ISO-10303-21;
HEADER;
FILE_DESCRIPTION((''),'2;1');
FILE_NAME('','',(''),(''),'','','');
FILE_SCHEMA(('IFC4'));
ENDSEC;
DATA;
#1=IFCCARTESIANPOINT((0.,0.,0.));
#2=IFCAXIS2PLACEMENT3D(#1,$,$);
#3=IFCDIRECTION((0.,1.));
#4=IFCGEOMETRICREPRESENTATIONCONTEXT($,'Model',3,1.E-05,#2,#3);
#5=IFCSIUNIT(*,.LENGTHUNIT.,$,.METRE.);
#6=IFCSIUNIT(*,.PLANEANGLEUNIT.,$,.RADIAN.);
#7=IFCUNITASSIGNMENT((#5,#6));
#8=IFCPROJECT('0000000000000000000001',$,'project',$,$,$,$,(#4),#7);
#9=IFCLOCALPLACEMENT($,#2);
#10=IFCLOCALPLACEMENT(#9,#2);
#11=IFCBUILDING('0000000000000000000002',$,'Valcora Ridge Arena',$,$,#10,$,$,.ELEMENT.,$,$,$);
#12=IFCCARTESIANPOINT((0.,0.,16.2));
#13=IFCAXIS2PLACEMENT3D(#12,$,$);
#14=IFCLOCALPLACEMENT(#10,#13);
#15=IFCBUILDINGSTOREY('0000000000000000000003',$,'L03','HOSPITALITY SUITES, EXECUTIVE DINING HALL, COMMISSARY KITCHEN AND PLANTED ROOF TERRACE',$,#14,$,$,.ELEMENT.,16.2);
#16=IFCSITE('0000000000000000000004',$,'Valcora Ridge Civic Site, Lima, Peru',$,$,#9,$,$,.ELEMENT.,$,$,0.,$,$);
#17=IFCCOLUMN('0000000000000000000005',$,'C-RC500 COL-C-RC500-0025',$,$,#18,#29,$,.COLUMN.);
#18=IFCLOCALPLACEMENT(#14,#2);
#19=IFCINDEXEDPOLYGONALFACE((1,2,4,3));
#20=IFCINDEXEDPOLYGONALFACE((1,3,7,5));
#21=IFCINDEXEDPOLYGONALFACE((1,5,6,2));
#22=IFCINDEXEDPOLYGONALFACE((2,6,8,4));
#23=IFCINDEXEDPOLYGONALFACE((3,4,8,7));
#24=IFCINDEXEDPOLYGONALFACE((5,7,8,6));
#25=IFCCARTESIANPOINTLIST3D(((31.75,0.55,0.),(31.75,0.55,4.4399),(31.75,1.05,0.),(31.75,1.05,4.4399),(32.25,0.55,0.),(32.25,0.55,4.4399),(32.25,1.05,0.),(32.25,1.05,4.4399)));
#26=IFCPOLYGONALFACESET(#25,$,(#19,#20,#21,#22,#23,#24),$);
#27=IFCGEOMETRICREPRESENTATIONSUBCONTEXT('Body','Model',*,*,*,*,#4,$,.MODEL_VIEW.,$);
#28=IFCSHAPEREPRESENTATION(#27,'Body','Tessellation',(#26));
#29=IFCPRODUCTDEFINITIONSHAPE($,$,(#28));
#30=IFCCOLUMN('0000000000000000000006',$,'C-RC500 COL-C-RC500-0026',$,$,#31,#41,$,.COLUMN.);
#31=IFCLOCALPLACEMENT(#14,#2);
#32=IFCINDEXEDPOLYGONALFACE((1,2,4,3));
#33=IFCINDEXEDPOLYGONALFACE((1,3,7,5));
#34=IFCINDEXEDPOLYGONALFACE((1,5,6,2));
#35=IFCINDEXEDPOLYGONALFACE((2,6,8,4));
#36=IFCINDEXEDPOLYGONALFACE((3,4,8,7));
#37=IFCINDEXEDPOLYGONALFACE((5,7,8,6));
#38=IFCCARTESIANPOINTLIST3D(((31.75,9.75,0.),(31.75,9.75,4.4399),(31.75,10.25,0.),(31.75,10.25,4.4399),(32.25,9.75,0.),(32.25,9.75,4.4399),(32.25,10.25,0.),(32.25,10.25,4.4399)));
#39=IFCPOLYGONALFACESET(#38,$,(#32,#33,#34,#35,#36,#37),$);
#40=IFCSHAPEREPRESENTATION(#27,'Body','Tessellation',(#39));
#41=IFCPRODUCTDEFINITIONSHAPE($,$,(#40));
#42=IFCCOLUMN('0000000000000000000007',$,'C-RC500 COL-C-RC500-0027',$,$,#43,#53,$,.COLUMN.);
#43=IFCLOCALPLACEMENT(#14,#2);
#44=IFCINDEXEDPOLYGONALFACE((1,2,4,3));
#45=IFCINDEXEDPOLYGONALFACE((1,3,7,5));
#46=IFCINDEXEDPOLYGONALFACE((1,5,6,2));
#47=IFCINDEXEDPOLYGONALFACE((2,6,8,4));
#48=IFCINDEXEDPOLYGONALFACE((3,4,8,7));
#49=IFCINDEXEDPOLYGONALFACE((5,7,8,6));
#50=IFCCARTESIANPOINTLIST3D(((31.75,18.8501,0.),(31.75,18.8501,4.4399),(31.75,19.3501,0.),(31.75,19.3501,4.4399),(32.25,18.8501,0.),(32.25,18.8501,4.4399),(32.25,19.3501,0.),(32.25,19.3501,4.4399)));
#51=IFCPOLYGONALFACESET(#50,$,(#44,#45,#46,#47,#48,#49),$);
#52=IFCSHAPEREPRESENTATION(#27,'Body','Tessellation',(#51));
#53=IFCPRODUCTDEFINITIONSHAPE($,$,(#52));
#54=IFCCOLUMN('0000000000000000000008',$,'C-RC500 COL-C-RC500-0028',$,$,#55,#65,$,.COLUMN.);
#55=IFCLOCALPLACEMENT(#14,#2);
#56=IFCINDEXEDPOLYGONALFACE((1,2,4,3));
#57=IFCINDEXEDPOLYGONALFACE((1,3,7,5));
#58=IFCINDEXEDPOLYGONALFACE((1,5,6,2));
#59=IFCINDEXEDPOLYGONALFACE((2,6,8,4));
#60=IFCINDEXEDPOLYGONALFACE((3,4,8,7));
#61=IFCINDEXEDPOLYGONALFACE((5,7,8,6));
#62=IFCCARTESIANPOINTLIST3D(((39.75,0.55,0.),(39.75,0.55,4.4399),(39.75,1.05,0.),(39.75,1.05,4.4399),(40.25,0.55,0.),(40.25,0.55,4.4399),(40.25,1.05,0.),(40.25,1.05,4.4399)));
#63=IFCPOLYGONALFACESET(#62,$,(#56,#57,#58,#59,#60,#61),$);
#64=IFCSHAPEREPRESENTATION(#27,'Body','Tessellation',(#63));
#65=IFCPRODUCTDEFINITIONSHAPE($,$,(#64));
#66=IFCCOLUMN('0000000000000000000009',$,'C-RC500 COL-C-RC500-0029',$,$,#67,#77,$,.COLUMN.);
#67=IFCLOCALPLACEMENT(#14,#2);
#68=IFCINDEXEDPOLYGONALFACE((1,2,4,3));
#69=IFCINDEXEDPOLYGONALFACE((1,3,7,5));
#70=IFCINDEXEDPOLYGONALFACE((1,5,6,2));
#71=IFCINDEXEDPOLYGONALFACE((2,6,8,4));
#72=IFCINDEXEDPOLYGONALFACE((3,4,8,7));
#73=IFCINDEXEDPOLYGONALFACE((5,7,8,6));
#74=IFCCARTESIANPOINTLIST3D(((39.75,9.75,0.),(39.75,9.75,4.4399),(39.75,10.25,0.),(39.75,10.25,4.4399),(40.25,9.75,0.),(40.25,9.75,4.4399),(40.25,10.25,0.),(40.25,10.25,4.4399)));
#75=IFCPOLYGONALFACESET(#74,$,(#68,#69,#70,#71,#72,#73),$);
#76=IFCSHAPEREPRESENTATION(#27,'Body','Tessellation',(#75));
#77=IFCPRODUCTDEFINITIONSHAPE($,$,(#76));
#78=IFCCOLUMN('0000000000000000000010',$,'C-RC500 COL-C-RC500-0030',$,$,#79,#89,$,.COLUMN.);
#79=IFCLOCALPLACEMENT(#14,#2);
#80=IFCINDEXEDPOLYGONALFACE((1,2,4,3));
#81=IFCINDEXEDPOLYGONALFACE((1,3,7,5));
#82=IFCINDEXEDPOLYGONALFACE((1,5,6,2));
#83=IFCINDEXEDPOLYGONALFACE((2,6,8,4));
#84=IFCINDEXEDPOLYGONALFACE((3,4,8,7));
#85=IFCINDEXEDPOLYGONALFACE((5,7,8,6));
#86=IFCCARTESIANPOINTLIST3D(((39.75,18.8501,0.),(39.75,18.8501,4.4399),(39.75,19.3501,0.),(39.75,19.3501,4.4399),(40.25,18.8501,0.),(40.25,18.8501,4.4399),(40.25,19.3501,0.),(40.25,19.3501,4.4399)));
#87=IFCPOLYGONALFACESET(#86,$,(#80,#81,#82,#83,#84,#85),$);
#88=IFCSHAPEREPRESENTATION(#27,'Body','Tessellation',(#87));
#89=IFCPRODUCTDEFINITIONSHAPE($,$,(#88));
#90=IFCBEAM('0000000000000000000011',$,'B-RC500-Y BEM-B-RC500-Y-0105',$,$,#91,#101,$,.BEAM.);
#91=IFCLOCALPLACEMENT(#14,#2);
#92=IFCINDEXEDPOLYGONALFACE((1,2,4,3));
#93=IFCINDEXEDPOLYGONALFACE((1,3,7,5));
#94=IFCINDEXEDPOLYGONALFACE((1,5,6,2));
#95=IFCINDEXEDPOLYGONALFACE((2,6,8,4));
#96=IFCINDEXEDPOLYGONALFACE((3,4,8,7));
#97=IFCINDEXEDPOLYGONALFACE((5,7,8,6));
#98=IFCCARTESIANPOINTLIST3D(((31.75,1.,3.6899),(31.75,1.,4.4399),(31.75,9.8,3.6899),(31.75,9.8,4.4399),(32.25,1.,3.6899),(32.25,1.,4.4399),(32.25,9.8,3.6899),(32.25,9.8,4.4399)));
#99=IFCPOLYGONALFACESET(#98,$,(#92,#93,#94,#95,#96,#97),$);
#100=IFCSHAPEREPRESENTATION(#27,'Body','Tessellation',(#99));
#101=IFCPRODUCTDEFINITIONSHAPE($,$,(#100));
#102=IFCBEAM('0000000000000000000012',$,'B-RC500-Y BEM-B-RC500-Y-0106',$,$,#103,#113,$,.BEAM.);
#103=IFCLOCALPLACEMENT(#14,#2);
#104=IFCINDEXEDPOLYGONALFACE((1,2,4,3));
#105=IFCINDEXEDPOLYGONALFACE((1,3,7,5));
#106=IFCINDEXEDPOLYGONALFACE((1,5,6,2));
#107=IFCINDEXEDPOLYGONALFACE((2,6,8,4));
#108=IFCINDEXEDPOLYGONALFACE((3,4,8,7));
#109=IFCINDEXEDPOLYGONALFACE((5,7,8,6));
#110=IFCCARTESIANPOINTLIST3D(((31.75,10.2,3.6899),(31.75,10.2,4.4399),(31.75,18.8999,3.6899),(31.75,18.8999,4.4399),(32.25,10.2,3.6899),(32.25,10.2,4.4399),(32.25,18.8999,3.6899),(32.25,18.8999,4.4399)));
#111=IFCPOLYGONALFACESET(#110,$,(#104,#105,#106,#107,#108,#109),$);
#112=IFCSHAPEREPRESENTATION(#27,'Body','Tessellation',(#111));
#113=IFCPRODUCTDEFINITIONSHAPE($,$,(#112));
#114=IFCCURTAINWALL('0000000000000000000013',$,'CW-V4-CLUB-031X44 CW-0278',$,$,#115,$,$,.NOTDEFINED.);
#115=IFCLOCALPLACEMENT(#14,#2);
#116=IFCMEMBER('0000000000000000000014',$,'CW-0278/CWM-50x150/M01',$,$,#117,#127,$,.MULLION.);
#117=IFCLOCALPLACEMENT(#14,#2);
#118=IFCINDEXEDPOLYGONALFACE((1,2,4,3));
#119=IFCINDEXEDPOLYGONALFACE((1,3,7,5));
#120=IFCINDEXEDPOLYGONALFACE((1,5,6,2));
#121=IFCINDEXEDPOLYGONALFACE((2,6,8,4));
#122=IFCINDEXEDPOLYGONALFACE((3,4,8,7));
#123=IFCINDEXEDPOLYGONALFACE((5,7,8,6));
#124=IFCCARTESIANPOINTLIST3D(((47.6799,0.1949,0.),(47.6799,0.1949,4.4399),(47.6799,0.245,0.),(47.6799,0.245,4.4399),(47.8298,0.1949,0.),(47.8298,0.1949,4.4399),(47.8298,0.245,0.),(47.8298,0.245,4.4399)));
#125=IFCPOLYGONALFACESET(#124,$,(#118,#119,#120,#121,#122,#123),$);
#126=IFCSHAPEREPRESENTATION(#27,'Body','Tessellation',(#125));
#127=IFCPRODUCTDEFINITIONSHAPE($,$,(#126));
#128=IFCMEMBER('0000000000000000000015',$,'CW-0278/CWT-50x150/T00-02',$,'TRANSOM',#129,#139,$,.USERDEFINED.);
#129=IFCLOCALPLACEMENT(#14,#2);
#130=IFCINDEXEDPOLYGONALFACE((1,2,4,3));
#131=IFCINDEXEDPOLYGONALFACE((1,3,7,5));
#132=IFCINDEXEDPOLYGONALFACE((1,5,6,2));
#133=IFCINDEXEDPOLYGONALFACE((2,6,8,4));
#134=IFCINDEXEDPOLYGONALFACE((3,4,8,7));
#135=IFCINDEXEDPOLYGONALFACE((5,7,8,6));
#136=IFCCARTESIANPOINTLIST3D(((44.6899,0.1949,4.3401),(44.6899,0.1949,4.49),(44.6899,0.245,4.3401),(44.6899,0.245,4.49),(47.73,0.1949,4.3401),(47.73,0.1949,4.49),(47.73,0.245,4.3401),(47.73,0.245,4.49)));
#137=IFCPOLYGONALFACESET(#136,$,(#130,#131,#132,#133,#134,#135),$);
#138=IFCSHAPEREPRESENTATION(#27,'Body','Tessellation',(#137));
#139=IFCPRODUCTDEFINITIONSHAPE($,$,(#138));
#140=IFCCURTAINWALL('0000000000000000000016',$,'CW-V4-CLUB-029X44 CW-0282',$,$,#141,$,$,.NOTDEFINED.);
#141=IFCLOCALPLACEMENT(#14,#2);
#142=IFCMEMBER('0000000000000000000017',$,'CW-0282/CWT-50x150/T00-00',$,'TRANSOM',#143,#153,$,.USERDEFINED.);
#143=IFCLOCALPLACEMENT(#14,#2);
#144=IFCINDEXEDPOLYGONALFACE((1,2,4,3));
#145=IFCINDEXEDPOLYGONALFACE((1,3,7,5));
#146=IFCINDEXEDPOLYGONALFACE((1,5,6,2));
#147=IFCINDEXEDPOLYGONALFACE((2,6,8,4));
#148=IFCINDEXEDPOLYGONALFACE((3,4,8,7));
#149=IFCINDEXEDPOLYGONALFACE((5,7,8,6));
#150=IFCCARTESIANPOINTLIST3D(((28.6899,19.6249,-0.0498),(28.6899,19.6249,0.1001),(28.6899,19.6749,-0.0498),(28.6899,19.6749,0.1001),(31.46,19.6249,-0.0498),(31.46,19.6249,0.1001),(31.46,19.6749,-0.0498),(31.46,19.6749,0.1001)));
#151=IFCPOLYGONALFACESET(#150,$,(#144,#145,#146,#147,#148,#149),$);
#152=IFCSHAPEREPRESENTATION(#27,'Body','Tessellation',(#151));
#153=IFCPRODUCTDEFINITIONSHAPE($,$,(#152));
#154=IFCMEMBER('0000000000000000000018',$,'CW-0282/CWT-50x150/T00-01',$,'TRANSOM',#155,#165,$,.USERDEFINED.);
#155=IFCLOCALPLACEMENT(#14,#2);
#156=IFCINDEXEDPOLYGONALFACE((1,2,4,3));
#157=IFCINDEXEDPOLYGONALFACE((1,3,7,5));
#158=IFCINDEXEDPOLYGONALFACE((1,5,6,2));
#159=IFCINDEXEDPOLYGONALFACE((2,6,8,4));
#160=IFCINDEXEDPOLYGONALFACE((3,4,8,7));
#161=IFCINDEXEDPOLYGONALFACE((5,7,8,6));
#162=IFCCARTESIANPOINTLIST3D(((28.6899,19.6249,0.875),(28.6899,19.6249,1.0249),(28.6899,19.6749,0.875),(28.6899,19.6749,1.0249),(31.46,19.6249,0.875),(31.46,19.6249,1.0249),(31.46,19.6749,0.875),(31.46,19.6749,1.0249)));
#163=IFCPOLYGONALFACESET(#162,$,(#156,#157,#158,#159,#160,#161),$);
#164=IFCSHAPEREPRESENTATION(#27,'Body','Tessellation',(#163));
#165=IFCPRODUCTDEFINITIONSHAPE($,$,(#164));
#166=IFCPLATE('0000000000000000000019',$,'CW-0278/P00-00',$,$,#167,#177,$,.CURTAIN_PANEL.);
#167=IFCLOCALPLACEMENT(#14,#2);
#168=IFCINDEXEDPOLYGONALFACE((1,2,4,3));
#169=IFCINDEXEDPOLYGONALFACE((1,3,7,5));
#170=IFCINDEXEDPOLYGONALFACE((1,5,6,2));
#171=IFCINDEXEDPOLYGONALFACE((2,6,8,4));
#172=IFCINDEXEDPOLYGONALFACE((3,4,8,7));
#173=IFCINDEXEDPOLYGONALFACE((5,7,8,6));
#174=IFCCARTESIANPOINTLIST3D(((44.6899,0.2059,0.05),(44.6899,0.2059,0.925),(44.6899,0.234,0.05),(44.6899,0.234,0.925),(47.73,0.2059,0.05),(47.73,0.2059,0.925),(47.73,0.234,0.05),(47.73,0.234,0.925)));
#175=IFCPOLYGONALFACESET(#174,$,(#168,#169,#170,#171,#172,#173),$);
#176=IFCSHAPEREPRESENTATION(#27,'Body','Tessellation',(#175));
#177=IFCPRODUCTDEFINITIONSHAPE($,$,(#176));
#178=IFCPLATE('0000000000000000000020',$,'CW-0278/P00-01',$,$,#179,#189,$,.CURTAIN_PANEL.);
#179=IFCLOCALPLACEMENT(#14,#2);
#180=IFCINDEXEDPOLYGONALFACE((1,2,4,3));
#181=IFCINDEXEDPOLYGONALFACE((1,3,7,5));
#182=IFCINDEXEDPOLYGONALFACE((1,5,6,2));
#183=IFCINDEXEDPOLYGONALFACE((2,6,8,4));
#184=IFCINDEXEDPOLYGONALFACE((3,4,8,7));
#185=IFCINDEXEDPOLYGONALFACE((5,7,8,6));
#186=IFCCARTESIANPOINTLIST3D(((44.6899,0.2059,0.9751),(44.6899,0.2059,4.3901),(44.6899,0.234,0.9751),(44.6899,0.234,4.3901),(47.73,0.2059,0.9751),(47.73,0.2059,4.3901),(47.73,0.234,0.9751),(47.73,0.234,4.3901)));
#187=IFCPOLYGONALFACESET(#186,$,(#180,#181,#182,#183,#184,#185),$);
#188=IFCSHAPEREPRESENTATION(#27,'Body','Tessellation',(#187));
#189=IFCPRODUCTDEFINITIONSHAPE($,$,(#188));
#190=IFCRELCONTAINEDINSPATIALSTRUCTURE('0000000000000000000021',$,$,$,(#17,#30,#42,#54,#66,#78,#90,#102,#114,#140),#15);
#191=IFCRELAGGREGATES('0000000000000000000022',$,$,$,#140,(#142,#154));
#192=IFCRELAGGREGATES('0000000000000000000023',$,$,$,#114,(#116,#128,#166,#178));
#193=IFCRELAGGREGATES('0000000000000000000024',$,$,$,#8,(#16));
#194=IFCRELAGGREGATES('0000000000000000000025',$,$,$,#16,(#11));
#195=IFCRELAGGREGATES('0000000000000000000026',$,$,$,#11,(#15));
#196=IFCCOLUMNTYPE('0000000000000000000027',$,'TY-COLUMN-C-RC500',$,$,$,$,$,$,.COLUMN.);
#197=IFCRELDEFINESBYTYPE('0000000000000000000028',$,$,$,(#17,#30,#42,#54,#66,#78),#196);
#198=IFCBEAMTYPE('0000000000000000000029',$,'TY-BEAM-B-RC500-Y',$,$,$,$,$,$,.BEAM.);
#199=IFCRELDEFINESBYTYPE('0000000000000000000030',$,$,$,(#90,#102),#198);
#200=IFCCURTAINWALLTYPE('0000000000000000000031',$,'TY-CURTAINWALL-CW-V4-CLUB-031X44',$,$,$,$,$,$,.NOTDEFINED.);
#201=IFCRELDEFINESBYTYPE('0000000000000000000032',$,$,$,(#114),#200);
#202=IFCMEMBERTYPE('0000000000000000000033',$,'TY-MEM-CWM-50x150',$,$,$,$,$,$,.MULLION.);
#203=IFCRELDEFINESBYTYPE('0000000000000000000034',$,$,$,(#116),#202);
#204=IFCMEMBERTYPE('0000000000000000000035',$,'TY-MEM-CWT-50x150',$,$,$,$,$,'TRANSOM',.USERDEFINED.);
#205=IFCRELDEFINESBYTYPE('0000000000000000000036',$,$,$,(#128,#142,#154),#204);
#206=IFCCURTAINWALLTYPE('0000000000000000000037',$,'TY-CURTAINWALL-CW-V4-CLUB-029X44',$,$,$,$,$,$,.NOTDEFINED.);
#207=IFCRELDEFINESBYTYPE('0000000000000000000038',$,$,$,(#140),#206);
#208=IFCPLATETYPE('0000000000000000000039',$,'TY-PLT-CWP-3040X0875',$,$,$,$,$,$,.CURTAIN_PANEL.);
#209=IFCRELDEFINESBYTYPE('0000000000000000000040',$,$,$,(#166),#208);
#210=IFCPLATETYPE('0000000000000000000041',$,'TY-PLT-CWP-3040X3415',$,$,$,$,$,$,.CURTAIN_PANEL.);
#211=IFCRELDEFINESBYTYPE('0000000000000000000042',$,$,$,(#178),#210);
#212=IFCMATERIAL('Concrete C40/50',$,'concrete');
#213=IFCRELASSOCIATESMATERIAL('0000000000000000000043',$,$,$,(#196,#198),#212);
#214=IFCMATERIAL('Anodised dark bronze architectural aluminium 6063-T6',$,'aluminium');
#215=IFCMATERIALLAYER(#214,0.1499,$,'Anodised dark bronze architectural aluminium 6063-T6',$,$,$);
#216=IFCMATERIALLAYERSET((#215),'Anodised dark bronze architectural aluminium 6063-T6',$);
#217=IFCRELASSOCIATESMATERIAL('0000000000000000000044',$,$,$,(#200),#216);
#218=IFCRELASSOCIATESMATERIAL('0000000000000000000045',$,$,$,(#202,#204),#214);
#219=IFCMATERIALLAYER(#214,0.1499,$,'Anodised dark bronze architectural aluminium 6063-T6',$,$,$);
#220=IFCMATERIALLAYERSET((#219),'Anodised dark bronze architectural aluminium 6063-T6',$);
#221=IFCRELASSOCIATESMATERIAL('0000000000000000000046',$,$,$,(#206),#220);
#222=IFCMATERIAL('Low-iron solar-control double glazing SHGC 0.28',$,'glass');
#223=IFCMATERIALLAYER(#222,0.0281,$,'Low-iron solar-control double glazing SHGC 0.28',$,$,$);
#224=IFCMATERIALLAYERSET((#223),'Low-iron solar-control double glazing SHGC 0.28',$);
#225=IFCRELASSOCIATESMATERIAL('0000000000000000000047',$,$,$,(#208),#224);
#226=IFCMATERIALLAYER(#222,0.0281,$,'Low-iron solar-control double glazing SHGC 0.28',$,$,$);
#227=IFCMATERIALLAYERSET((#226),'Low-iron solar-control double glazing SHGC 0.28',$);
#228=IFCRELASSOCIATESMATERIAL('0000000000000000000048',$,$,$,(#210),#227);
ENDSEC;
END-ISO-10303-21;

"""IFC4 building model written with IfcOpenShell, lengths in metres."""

from ifc_helpers import new_model, si_unit, direction, frame, origin, origin_2d, place, context, subcontext, project, spatial, rectangle, extrude, material, layer, layer_set, material_profile, profile_set, type_object, element, aggregate, save


model = new_model("IFC4")

# Units and contexts
model_context = context("Model", 3, precision=1e-05, world=origin(), true_north=direction((0.0, 1.0)))
body_context = subcontext(model_context, "Body", "Model", "MODEL_VIEW")
ifc_project = project(units=[si_unit("LENGTHUNIT", "METRE"), si_unit("PLANEANGLEUNIT", "RADIAN")], contexts=[model_context])

# Site, building, storey
site_placement = place(None, origin())
site = spatial("IfcSite", under=ifc_project, at=site_placement, Name="Valcora Ridge Civic Site, Lima, Peru", CompositionType="ELEMENT", RefElevation=0.0)
building_placement = place(site_placement, origin())
building = spatial("IfcBuilding", under=site, at=building_placement, Name="Valcora Ridge Arena", CompositionType="ELEMENT")
storey_placement = place(building_placement, frame((0.0, 0.0, 16.2)))
storey = spatial("IfcBuildingStorey", under=building, at=storey_placement, Name="L03", Description="HOSPITALITY SUITES, EXECUTIVE DINING HALL, COMMISSARY KITCHEN AND PLANTED ROOF TERRACE", CompositionType="ELEMENT", Elevation=16.2)

# Columns
ifc_material_1 = material(Name="Concrete C40/50", Category="concrete")
ifc_material_profile_1 = material_profile(ifc_material_1, rectangle(XDim=0.5, YDim=0.5, at=origin_2d()), Name="RC 500x500")
ifc_profile_set_1 = profile_set([ifc_material_profile_1], Name="Concrete C40/50")
column_type = type_object("IfcColumnType", Name="TY-COLUMN-C-RC500", PredefinedType="COLUMN", material=ifc_profile_set_1)
for number, where, z_axis, x_axis, name in (
    (1, (32.0, 0.8, 0.0), (0.0, 0.0, 1.0), (1.0, 0.0, 0.0), "C-RC500 COL-C-RC500-0025"),
    (2, (32.0, 10.0, 0.0), (0.0, 0.0, 1.0), (1.0, 0.0, 0.0), "C-RC500 COL-C-RC500-0026"),
    (3, (32.0, 19.1001, 0.0), (0.0, 0.0, 1.0), (1.0, 0.0, 0.0), "C-RC500 COL-C-RC500-0027"),
    (4, (40.0, 0.8, 0.0), (0.0, 0.0, 1.0), (1.0, 0.0, 0.0), "C-RC500 COL-C-RC500-0028"),
    (5, (40.0, 10.0, 0.0), (0.0, 0.0, 1.0), (1.0, 0.0, 0.0), "C-RC500 COL-C-RC500-0029"),
    (6, (40.0, 19.1001, 0.0), (0.0, 0.0, 1.0), (1.0, 0.0, 0.0), "C-RC500 COL-C-RC500-0030"),
):
    element("IfcColumn", number, at=place(storey_placement, frame(where, z_axis=z_axis, x_axis=x_axis)), inside=storey, type_object=column_type, Name=name, PredefinedType="COLUMN", context=body_context, shape_type="SweptSolid", body=[
        extrude(rectangle(XDim=0.5, YDim=0.5, at=origin_2d()), origin(), (0.0, 0.0, 1.0), 4.4399),
    ])

# Beams
ifc_material_profile_2 = material_profile(ifc_material_1, rectangle(XDim=0.5, YDim=0.75, at=origin_2d()), Name="RC 500x750")
ifc_profile_set_2 = profile_set([ifc_material_profile_2], Name="Concrete C40/50")
beam_type = type_object("IfcBeamType", Name="TY-BEAM-B-RC500-Y", PredefinedType="BEAM", material=ifc_profile_set_2)
beam_1_placement = place(storey_placement, frame((32.0, 1.0, 4.0649), z_axis=(0.0, 1.0, 0.0), x_axis=(-1.0, 0.0, 0.0)))
element("IfcBeam", 7, at=beam_1_placement, inside=storey, type_object=beam_type, Name="B-RC500-Y BEM-B-RC500-Y-0105", PredefinedType="BEAM", context=body_context, shape_type="SweptSolid", body=[
    extrude(rectangle(XDim=0.5, YDim=0.75, at=origin_2d()), origin(), (0.0, 0.0, 1.0), 8.8),
])
beam_2_placement = place(storey_placement, frame((32.0, 10.2, 4.0649), z_axis=(0.0, 1.0, 0.0), x_axis=(-1.0, 0.0, 0.0)))
element("IfcBeam", 8, at=beam_2_placement, inside=storey, type_object=beam_type, Name="B-RC500-Y BEM-B-RC500-Y-0106", PredefinedType="BEAM", context=body_context, shape_type="SweptSolid", body=[
    extrude(rectangle(XDim=0.5, YDim=0.75, at=origin_2d()), origin(), (0.0, 0.0, 1.0), 8.7),
])

# Curtain walls, members
ifc_material_2 = material(Name="Anodised dark bronze architectural aluminium 6063-T6", Category="aluminium")
ifc_layer_1 = layer(ifc_material_2, 0.1499, Name="Anodised dark bronze architectural aluminium 6063-T6")
ifc_layer_set_1 = layer_set([ifc_layer_1], Name="Anodised dark bronze architectural aluminium 6063-T6")
curtain_wall_type_1 = type_object("IfcCurtainWallType", Name="TY-CURTAINWALL-CW-V4-CLUB-031X44", PredefinedType="NOTDEFINED", material=ifc_layer_set_1)
curtain_wall_1_placement = place(storey_placement, origin())
curtain_wall_1 = element("IfcCurtainWall", 9, at=curtain_wall_1_placement, inside=storey, type_object=curtain_wall_type_1, Name="CW-V4-CLUB-031X44 CW-0278", PredefinedType="NOTDEFINED")
ifc_material_profile_3 = material_profile(ifc_material_2, rectangle(XDim=0.05, YDim=0.1499, at=origin_2d()), Name="ALU MULLION 50x150")
ifc_profile_set_3 = profile_set([ifc_material_profile_3], Name="Anodised dark bronze architectural aluminium 6063-T6")
member_type_1 = type_object("IfcMemberType", Name="TY-MEM-CWM-50x150", PredefinedType="MULLION", material=ifc_profile_set_3)
member_1_placement = place(storey_placement, frame((47.7549, 0.22, 0.0), z_axis=(0.0, 0.0, 1.0), x_axis=(0.0, 1.0, 0.0)))
member_1 = element("IfcMember", 10, at=member_1_placement, type_object=member_type_1, Name="CW-0278/CWM-50x150/M01", PredefinedType="MULLION", context=body_context, shape_type="SweptSolid", body=[
    extrude(rectangle(XDim=0.05, YDim=0.1499, at=origin_2d()), origin(), (0.0, 0.0, 1.0), 4.4399),
])
ifc_material_profile_4 = material_profile(ifc_material_2, rectangle(XDim=0.05, YDim=0.1499, at=origin_2d()), Name="ALU TRANSOM 50x150")
ifc_profile_set_4 = profile_set([ifc_material_profile_4], Name="Anodised dark bronze architectural aluminium 6063-T6")
member_type_2 = type_object("IfcMemberType", Name="TY-MEM-CWT-50x150", ElementType="TRANSOM", PredefinedType="USERDEFINED", material=ifc_profile_set_4)
member_2_placement = place(storey_placement, frame((44.6899, 0.22, 4.415), z_axis=(1.0, 0.0, 0.0), x_axis=(0.0, 1.0, 0.0)))
member_2 = element("IfcMember", 11, at=member_2_placement, type_object=member_type_2, Name="CW-0278/CWT-50x150/T00-02", ObjectType="TRANSOM", PredefinedType="USERDEFINED", context=body_context, shape_type="SweptSolid", body=[
    extrude(rectangle(XDim=0.05, YDim=0.1499, at=origin_2d()), origin(), (0.0, 0.0, 1.0), 3.04),
])
ifc_layer_2 = layer(ifc_material_2, 0.1499, Name="Anodised dark bronze architectural aluminium 6063-T6")
ifc_layer_set_2 = layer_set([ifc_layer_2], Name="Anodised dark bronze architectural aluminium 6063-T6")
curtain_wall_type_2 = type_object("IfcCurtainWallType", Name="TY-CURTAINWALL-CW-V4-CLUB-029X44", PredefinedType="NOTDEFINED", material=ifc_layer_set_2)
curtain_wall_2_placement = place(storey_placement, origin())
curtain_wall_2 = element("IfcCurtainWall", 12, at=curtain_wall_2_placement, inside=storey, type_object=curtain_wall_type_2, Name="CW-V4-CLUB-029X44 CW-0282", PredefinedType="NOTDEFINED")
member_3_placement = place(storey_placement, frame((28.6899, 19.6499, 0.0251), z_axis=(1.0, 0.0, 0.0), x_axis=(0.0, 1.0, 0.0)))
member_3 = element("IfcMember", 13, at=member_3_placement, type_object=member_type_2, Name="CW-0282/CWT-50x150/T00-00", ObjectType="TRANSOM", PredefinedType="USERDEFINED", context=body_context, shape_type="SweptSolid", body=[
    extrude(rectangle(XDim=0.05, YDim=0.1499, at=origin_2d()), origin(), (0.0, 0.0, 1.0), 2.77),
])
member_4_placement = place(storey_placement, frame((28.6899, 19.6499, 0.95), z_axis=(1.0, 0.0, 0.0), x_axis=(0.0, 1.0, 0.0)))
member_4 = element("IfcMember", 14, at=member_4_placement, type_object=member_type_2, Name="CW-0282/CWT-50x150/T00-01", ObjectType="TRANSOM", PredefinedType="USERDEFINED", context=body_context, shape_type="SweptSolid", body=[
    extrude(rectangle(XDim=0.05, YDim=0.1499, at=origin_2d()), origin(), (0.0, 0.0, 1.0), 2.77),
])
aggregate(curtain_wall_2, [member_3, member_4])

# Plates
ifc_material_3 = material(Name="Low-iron solar-control double glazing SHGC 0.28", Category="glass")
ifc_layer_3 = layer(ifc_material_3, 0.0281, Name="Low-iron solar-control double glazing SHGC 0.28")
ifc_layer_set_3 = layer_set([ifc_layer_3], Name="Low-iron solar-control double glazing SHGC 0.28")
plate_type_1 = type_object("IfcPlateType", Name="TY-PLT-CWP-3040X0875", PredefinedType="CURTAIN_PANEL", material=ifc_layer_set_3)
plate_1_placement = place(storey_placement, frame((46.21, 0.22, 0.05), z_axis=(0.0, 0.0, 1.0), x_axis=(1.0, 0.0, 0.0)))
plate_1 = element("IfcPlate", 15, at=plate_1_placement, type_object=plate_type_1, Name="CW-0278/P00-00", PredefinedType="CURTAIN_PANEL", context=body_context, shape_type="SweptSolid", body=[
    extrude(rectangle(XDim=3.04, YDim=0.0281, at=origin_2d()), origin(), (0.0, 0.0, 1.0), 0.875),
])
ifc_layer_4 = layer(ifc_material_3, 0.0281, Name="Low-iron solar-control double glazing SHGC 0.28")
ifc_layer_set_4 = layer_set([ifc_layer_4], Name="Low-iron solar-control double glazing SHGC 0.28")
plate_type_2 = type_object("IfcPlateType", Name="TY-PLT-CWP-3040X3415", PredefinedType="CURTAIN_PANEL", material=ifc_layer_set_4)
plate_2_placement = place(storey_placement, frame((46.21, 0.22, 0.9751), z_axis=(0.0, 0.0, 1.0), x_axis=(1.0, 0.0, 0.0)))
plate_2 = element("IfcPlate", 16, at=plate_2_placement, type_object=plate_type_2, Name="CW-0278/P00-01", PredefinedType="CURTAIN_PANEL", context=body_context, shape_type="SweptSolid", body=[
    extrude(rectangle(XDim=3.04, YDim=0.0281, at=origin_2d()), origin(), (0.0, 0.0, 1.0), 3.415),
])
aggregate(curtain_wall_1, [member_1, member_2, plate_1, plate_2])

save(model, "model.ifc")
